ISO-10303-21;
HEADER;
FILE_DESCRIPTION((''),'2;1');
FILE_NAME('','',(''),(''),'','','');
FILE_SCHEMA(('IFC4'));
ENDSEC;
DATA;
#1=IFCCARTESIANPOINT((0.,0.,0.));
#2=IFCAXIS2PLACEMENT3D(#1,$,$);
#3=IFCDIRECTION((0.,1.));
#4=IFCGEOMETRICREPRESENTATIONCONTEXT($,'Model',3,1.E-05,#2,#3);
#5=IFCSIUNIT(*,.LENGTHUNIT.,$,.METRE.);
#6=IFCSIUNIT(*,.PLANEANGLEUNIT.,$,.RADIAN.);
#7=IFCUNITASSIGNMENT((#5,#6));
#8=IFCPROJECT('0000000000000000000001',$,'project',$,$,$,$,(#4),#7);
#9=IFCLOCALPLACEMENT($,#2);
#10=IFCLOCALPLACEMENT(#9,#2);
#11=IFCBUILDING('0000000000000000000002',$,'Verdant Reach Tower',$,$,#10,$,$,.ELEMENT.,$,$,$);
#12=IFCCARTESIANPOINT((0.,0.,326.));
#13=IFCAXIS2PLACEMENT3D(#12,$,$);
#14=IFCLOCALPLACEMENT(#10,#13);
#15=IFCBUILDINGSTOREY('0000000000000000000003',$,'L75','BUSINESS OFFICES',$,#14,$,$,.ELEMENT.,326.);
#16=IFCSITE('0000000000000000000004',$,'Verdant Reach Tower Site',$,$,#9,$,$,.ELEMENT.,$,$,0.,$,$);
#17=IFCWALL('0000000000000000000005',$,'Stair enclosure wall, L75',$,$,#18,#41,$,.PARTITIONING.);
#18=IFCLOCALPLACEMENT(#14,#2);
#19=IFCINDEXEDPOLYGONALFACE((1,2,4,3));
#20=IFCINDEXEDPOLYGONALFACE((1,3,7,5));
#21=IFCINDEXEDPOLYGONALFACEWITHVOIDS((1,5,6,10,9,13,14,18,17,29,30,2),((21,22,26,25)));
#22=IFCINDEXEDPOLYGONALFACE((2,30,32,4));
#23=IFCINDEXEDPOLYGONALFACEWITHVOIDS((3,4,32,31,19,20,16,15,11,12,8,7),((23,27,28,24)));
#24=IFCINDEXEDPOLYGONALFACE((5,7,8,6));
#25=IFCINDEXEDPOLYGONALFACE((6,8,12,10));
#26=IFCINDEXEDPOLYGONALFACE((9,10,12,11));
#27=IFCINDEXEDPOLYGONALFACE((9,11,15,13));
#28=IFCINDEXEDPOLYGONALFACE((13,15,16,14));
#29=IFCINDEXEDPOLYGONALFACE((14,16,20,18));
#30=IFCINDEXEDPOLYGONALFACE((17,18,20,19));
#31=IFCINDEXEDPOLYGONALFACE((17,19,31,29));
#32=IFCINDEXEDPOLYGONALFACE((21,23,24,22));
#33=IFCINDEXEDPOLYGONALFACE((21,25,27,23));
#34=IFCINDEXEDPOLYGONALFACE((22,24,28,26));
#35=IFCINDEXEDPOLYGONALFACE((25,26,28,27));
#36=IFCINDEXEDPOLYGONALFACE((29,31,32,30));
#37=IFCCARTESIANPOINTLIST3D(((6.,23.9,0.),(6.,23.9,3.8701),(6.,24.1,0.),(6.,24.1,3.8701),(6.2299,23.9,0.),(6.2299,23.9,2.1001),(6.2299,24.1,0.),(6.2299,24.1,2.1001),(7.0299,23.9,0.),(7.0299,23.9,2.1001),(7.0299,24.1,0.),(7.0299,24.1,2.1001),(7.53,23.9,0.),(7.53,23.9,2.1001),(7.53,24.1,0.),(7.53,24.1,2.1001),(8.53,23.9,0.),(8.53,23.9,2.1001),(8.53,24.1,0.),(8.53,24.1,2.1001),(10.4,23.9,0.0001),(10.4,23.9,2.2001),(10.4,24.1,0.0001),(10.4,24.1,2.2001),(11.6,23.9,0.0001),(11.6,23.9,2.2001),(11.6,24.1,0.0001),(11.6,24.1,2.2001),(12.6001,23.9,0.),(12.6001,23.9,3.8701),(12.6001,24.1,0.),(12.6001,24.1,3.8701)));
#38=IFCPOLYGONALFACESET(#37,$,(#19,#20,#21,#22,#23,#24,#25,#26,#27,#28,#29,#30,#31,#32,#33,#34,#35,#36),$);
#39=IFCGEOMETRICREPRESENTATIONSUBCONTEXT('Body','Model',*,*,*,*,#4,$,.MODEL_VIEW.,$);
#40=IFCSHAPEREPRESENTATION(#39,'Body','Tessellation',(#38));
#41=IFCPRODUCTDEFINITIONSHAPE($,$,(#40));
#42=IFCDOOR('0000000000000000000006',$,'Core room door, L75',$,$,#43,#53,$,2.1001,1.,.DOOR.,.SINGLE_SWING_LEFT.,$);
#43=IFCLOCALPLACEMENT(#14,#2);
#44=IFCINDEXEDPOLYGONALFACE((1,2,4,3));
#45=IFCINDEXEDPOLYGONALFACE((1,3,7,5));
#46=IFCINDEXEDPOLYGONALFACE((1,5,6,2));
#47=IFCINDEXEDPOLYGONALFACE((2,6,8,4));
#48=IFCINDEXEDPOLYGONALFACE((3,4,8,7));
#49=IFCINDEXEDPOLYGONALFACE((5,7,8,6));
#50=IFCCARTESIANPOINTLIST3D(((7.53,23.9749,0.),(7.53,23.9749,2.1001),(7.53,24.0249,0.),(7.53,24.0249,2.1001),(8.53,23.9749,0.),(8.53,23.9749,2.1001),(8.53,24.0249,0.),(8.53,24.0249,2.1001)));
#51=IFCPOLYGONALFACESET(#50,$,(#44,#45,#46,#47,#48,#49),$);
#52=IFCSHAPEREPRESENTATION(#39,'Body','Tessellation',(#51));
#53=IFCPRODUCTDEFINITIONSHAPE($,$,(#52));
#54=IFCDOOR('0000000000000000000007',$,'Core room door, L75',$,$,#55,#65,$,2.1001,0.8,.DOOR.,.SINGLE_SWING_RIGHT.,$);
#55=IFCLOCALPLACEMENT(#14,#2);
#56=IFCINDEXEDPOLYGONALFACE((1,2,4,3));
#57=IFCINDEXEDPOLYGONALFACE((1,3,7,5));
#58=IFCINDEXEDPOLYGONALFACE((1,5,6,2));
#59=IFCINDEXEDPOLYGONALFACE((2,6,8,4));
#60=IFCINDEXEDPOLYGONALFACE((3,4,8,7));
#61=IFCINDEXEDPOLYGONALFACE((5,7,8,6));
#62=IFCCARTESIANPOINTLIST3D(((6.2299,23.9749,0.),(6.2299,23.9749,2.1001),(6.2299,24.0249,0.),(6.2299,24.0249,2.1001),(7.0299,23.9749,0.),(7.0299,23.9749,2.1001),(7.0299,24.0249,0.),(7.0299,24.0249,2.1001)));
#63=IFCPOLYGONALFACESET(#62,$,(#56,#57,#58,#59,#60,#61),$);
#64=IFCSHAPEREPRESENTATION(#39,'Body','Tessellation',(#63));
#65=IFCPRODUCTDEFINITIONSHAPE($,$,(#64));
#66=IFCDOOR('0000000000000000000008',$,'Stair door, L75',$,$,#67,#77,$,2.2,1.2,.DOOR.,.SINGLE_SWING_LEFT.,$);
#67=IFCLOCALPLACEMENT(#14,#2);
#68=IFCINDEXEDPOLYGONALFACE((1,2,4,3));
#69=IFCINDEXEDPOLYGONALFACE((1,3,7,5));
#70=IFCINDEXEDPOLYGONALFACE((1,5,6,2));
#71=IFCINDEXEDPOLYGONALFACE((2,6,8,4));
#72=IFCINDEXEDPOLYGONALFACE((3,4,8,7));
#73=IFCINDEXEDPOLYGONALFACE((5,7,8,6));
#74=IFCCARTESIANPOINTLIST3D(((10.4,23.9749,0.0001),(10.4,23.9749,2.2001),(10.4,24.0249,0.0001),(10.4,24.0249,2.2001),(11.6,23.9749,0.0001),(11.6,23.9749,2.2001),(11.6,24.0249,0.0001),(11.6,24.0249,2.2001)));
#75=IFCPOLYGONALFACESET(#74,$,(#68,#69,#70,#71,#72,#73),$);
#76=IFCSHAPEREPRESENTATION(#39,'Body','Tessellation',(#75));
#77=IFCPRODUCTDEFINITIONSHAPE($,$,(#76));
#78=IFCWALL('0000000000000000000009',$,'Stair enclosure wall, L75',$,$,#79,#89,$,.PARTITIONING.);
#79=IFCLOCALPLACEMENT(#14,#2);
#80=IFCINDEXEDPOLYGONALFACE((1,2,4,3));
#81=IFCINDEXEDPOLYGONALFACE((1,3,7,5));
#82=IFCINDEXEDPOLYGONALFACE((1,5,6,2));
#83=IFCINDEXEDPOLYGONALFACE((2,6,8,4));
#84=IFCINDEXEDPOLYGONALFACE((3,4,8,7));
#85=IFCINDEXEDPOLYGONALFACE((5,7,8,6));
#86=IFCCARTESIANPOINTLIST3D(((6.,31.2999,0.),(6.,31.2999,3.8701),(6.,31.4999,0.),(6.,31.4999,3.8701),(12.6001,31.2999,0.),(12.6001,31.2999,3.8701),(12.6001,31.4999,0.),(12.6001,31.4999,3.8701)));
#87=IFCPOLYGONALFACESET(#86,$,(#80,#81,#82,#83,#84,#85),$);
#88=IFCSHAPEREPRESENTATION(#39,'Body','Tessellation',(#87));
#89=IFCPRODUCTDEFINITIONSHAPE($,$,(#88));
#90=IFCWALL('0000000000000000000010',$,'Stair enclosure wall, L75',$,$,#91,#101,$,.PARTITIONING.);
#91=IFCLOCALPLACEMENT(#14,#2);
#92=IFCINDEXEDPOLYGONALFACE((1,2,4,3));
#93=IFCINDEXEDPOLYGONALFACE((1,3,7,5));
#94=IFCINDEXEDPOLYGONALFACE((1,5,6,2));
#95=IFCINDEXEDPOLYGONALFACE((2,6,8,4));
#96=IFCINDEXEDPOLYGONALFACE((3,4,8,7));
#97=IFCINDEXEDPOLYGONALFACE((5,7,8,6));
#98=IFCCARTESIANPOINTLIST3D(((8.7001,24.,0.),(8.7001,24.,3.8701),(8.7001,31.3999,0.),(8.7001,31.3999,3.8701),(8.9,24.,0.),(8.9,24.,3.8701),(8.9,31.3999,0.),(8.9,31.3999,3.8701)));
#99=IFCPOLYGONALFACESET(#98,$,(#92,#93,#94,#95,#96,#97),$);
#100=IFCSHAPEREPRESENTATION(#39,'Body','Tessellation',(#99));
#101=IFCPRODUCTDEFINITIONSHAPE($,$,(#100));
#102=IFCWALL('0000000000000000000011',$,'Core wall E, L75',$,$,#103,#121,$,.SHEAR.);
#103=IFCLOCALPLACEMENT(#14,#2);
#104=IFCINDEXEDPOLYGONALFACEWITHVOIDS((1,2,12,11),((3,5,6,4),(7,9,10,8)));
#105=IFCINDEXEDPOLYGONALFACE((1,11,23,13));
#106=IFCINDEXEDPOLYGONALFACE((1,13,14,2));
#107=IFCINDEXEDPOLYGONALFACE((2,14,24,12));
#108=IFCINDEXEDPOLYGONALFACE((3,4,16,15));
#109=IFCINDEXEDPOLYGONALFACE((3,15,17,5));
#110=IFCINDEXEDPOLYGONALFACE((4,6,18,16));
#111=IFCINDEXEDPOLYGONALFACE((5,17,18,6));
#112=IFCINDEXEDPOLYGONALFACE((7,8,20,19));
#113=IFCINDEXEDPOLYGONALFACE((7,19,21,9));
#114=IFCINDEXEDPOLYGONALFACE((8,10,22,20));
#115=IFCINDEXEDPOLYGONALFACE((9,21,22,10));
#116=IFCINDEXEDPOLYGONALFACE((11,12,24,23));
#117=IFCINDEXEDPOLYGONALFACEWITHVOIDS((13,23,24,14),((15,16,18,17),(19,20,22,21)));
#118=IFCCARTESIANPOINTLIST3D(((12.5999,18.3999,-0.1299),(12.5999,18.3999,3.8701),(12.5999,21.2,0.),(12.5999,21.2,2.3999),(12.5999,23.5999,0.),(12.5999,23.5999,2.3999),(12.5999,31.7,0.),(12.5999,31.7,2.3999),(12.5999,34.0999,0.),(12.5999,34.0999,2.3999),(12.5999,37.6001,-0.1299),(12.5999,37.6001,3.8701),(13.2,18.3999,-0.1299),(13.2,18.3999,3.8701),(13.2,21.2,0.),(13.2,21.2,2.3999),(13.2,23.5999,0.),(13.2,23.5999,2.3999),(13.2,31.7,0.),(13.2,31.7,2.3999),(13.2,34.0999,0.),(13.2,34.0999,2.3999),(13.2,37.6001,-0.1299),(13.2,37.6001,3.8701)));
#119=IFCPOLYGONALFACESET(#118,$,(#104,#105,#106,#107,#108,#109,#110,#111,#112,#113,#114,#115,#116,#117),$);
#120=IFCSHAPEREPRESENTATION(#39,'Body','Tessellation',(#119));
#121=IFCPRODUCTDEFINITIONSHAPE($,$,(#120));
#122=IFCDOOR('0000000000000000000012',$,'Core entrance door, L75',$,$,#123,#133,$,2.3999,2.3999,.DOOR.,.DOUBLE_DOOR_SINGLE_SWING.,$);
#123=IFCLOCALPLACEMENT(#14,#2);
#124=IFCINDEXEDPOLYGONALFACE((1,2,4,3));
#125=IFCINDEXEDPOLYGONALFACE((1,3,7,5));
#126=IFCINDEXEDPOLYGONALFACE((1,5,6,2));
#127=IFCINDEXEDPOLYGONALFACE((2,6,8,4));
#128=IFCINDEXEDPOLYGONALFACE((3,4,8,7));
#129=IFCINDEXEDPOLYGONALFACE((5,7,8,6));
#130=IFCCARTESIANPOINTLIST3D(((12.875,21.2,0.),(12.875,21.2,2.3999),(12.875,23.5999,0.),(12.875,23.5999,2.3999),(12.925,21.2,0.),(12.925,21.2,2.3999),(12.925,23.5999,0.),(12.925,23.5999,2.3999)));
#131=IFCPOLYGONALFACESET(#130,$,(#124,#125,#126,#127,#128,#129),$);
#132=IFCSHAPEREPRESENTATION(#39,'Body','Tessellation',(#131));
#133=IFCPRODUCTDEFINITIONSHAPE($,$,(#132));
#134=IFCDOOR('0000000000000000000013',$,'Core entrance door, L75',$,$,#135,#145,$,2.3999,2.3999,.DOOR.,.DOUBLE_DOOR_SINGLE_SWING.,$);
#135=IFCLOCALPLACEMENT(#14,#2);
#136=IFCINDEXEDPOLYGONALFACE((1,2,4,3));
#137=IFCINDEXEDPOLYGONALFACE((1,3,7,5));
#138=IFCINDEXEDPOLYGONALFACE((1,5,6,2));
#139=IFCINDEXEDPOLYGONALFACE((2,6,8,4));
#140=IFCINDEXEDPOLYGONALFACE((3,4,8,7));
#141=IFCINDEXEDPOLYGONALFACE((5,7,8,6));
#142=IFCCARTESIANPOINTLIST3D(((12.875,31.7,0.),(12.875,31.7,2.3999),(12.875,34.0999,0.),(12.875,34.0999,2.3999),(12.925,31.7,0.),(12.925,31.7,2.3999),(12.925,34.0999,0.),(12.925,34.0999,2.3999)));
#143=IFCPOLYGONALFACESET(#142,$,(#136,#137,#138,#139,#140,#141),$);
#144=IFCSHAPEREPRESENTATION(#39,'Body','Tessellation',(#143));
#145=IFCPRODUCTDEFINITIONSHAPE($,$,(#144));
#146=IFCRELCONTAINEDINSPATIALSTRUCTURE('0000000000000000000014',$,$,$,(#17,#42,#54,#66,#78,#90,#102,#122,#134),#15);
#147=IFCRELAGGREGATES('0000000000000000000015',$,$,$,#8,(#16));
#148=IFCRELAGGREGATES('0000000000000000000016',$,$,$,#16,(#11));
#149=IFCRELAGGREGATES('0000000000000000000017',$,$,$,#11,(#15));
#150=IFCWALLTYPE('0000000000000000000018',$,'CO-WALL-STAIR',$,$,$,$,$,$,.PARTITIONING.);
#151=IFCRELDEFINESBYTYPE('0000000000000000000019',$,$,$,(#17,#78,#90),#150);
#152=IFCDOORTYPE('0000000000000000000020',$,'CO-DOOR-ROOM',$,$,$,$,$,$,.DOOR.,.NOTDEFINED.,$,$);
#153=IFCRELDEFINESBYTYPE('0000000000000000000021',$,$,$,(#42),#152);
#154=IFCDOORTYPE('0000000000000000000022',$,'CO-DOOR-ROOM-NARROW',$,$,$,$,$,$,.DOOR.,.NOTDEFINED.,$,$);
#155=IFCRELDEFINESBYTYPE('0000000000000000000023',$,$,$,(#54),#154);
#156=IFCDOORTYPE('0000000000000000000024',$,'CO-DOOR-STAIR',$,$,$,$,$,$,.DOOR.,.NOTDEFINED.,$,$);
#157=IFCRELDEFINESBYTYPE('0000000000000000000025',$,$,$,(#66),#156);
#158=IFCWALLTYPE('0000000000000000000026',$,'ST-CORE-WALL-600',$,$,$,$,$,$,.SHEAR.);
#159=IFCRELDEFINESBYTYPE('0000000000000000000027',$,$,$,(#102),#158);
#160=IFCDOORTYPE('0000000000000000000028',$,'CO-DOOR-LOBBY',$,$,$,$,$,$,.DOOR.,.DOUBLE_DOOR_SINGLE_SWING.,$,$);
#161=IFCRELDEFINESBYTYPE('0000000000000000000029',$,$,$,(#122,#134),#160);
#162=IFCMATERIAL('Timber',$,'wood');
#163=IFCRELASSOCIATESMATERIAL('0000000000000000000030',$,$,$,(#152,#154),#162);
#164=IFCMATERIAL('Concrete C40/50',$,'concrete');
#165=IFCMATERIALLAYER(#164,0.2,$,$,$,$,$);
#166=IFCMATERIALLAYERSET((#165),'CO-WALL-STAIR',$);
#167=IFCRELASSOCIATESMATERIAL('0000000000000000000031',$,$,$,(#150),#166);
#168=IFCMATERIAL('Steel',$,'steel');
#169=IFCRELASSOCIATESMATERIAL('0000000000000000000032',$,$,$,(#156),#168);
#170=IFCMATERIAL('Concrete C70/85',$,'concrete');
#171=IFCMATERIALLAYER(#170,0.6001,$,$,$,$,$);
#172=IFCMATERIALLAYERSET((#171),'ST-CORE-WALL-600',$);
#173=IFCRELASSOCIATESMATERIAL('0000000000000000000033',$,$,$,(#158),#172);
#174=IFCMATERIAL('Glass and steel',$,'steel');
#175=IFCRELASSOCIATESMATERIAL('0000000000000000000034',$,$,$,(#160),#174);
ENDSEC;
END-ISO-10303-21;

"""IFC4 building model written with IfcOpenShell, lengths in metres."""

from ifc_helpers import new_model, si_unit, direction, frame, frame_2d, origin, place, context, subcontext, project, spatial, rectangle, extrude, material, layer, layer_set, type_object, element, fill, save


model = new_model("IFC4")

# Units and contexts
model_context = context("Model", 3, precision=1e-05, world=origin(), true_north=direction((0.0, 1.0)))
body_context = subcontext(model_context, "Body", "Model", "MODEL_VIEW")
ifc_project = project(units=[si_unit("LENGTHUNIT", "METRE"), si_unit("PLANEANGLEUNIT", "RADIAN")], contexts=[model_context])

# Site, building, storey
site_placement = place(None, origin())
site = spatial("IfcSite", under=ifc_project, at=site_placement, Name="Verdant Reach Tower Site", CompositionType="ELEMENT", RefElevation=0.0)
building_placement = place(site_placement, origin())
building = spatial("IfcBuilding", under=site, at=building_placement, Name="Verdant Reach Tower", CompositionType="ELEMENT")
storey_placement = place(building_placement, frame((0.0, 0.0, 326.0)))
storey = spatial("IfcBuildingStorey", under=building, at=storey_placement, Name="L75", Description="BUSINESS OFFICES", CompositionType="ELEMENT", Elevation=326.0)

# Shared definitions
ifc_material_1 = material(Name="Timber", Category="wood")
door_type_1 = type_object("IfcDoorType", Name="CO-DOOR-ROOM", OperationType="NOTDEFINED", PredefinedType="DOOR", material=ifc_material_1)

# Wall, openings, doors
ifc_material_2 = material(Name="Concrete C40/50", Category="concrete")
ifc_layer_1 = layer(ifc_material_2, 0.2)
ifc_layer_set_1 = layer_set([ifc_layer_1], Name="CO-WALL-STAIR")
wall_type_1 = type_object("IfcWallType", Name="CO-WALL-STAIR", PredefinedType="PARTITIONING", material=ifc_layer_set_1)
wall_1_placement = place(storey_placement, frame((6.0, 24.0, 0.0), z_axis=(0.0, 0.0, 1.0), x_axis=(1.0, 0.0, 0.0)))
wall_1 = element("IfcWall", 1, at=wall_1_placement, inside=storey, type_object=wall_type_1, Name="Stair enclosure wall, L75", PredefinedType="PARTITIONING", context=body_context, shape_type="SweptSolid", body=[
    extrude(rectangle(XDim=6.6001, YDim=0.2, at=frame_2d((3.3, 0.0))), origin(), (0.0, 0.0, 1.0), 3.8701),
])
opening_1_placement = place(wall_1_placement, frame((0.23, 0.0, 0.0)))
opening_1 = element("IfcOpeningElement", 2, at=opening_1_placement, cuts=wall_1, PredefinedType="OPENING", context=body_context, shape_type="SweptSolid", body=[
    extrude(rectangle(XDim=0.8, YDim=2.1001, at=frame_2d((0.3999, 1.05))), frame((0.0, 0.1099, 0.0), z_axis=(0.0, -1.0, 0.0), x_axis=(1.0, 0.0, 0.0)), (0.0, 0.0, 1.0), 0.22),
])
opening_2_placement = place(wall_1_placement, frame((1.53, 0.0, 0.0)))
opening_2 = element("IfcOpeningElement", 3, at=opening_2_placement, cuts=wall_1, PredefinedType="OPENING", context=body_context, shape_type="SweptSolid", body=[
    extrude(rectangle(XDim=1.0, YDim=2.1001, at=frame_2d((0.5, 1.05))), frame((0.0, 0.1099, 0.0), z_axis=(0.0, -1.0, 0.0), x_axis=(1.0, 0.0, 0.0)), (0.0, 0.0, 1.0), 0.22),
])
opening_3_placement = place(wall_1_placement, frame((4.3999, 0.0, 0.0)))
opening_3 = element("IfcOpeningElement", 4, at=opening_3_placement, cuts=wall_1, PredefinedType="OPENING", context=body_context, shape_type="SweptSolid", body=[
    extrude(rectangle(XDim=1.2, YDim=2.2, at=frame_2d((0.6001, 1.1001))), frame((0.0, 0.1099, 0.0), z_axis=(0.0, -1.0, 0.0), x_axis=(1.0, 0.0, 0.0)), (0.0, 0.0, 1.0), 0.22),
])
door_1_placement = place(opening_2_placement, origin())
door_1 = element("IfcDoor", 5, at=door_1_placement, inside=storey, type_object=door_type_1, Name="Core room door, L75", OperationType="SINGLE_SWING_LEFT", OverallHeight=2.1001, OverallWidth=1.0, PredefinedType="DOOR", context=body_context, shape_type="SweptSolid", body=[
    extrude(rectangle(XDim=1.0, YDim=2.1001, at=frame_2d((0.5, 1.05))), frame((0.0, 0.0249, 0.0), z_axis=(0.0, -1.0, 0.0), x_axis=(1.0, 0.0, 0.0)), (0.0, 0.0, 1.0), 0.05),
])
fill(opening_2, door_1)
door_type_2 = type_object("IfcDoorType", Name="CO-DOOR-ROOM-NARROW", OperationType="NOTDEFINED", PredefinedType="DOOR", material=ifc_material_1)
door_2_placement = place(opening_1_placement, origin())
door_2 = element("IfcDoor", 6, at=door_2_placement, inside=storey, type_object=door_type_2, Name="Core room door, L75", OperationType="SINGLE_SWING_RIGHT", OverallHeight=2.1001, OverallWidth=0.8, PredefinedType="DOOR", context=body_context, shape_type="SweptSolid", body=[
    extrude(rectangle(XDim=0.8, YDim=2.1001, at=frame_2d((0.3999, 1.05))), frame((0.0, 0.0249, 0.0), z_axis=(0.0, -1.0, 0.0), x_axis=(1.0, 0.0, 0.0)), (0.0, 0.0, 1.0), 0.05),
])
fill(opening_1, door_2)
ifc_material_3 = material(Name="Steel", Category="steel")
door_type_3 = type_object("IfcDoorType", Name="CO-DOOR-STAIR", OperationType="NOTDEFINED", PredefinedType="DOOR", material=ifc_material_3)
door_3_placement = place(opening_3_placement, origin())
door_3 = element("IfcDoor", 7, at=door_3_placement, inside=storey, type_object=door_type_3, Name="Stair door, L75", OperationType="SINGLE_SWING_LEFT", OverallHeight=2.2, OverallWidth=1.2, PredefinedType="DOOR", context=body_context, shape_type="SweptSolid", body=[
    extrude(rectangle(XDim=1.2, YDim=2.2, at=frame_2d((0.6001, 1.1001))), frame((0.0, 0.0249, 0.0), z_axis=(0.0, -1.0, 0.0), x_axis=(1.0, 0.0, 0.0)), (0.0, 0.0, 1.0), 0.05),
])
fill(opening_3, door_3)

# Walls
wall_2_placement = place(storey_placement, frame((6.0, 31.3999, 0.0), z_axis=(0.0, 0.0, 1.0), x_axis=(1.0, 0.0, 0.0)))
element("IfcWall", 8, at=wall_2_placement, inside=storey, type_object=wall_type_1, Name="Stair enclosure wall, L75", PredefinedType="PARTITIONING", context=body_context, shape_type="SweptSolid", body=[
    extrude(rectangle(XDim=6.6001, YDim=0.2, at=frame_2d((3.3, 0.0))), origin(), (0.0, 0.0, 1.0), 3.8701),
])
wall_3_placement = place(storey_placement, frame((8.8, 24.0, 0.0), z_axis=(0.0, 0.0, 1.0), x_axis=(0.0, 1.0, 0.0)))
element("IfcWall", 9, at=wall_3_placement, inside=storey, type_object=wall_type_1, Name="Stair enclosure wall, L75", PredefinedType="PARTITIONING", context=body_context, shape_type="SweptSolid", body=[
    extrude(rectangle(XDim=7.3999, YDim=0.2, at=frame_2d((3.7, 0.0))), origin(), (0.0, 0.0, 1.0), 3.8701),
])

# Wall, openings, doors
ifc_material_4 = material(Name="Concrete C70/85", Category="concrete")
ifc_layer_2 = layer(ifc_material_4, 0.6001)
ifc_layer_set_2 = layer_set([ifc_layer_2], Name="ST-CORE-WALL-600")
wall_type_2 = type_object("IfcWallType", Name="ST-CORE-WALL-600", PredefinedType="SHEAR", material=ifc_layer_set_2)
wall_4_placement = place(storey_placement, frame((12.8999, 18.3999, -0.1299), z_axis=(0.0, 0.0, 1.0), x_axis=(0.0, 1.0, 0.0)))
wall_4 = element("IfcWall", 10, at=wall_4_placement, inside=storey, type_object=wall_type_2, Name="Core wall E, L75", PredefinedType="SHEAR", context=body_context, shape_type="SweptSolid", body=[
    extrude(rectangle(XDim=19.2002, YDim=0.6001, at=frame_2d((9.6001, 0.0))), origin(), (0.0, 0.0, 1.0), 4.0),
])
opening_4_placement = place(wall_4_placement, frame((2.8, 0.0, 0.1299)))
opening_4 = element("IfcOpeningElement", 11, at=opening_4_placement, cuts=wall_4, PredefinedType="OPENING", context=body_context, shape_type="SweptSolid", body=[
    extrude(rectangle(XDim=2.3999, YDim=2.3999, at=frame_2d((1.2, 1.2))), frame((0.0, 0.3101, 0.0), z_axis=(0.0, -1.0, 0.0), x_axis=(1.0, 0.0, 0.0)), (0.0, 0.0, 1.0), 0.6201),
])
opening_5_placement = place(wall_4_placement, frame((13.3, 0.0, 0.1299)))
opening_5 = element("IfcOpeningElement", 12, at=opening_5_placement, cuts=wall_4, PredefinedType="OPENING", context=body_context, shape_type="SweptSolid", body=[
    extrude(rectangle(XDim=2.3999, YDim=2.3999, at=frame_2d((1.2, 1.2))), frame((0.0, 0.3101, 0.0), z_axis=(0.0, -1.0, 0.0), x_axis=(1.0, 0.0, 0.0)), (0.0, 0.0, 1.0), 0.6201),
])
ifc_material_5 = material(Name="Glass and steel", Category="steel")
door_type_4 = type_object("IfcDoorType", Name="CO-DOOR-LOBBY", OperationType="DOUBLE_DOOR_SINGLE_SWING", PredefinedType="DOOR", material=ifc_material_5)
door_4_placement = place(opening_4_placement, origin())
door_4 = element("IfcDoor", 13, at=door_4_placement, inside=storey, type_object=door_type_4, Name="Core entrance door, L75", OperationType="DOUBLE_DOOR_SINGLE_SWING", OverallHeight=2.3999, OverallWidth=2.3999, PredefinedType="DOOR", context=body_context, shape_type="SweptSolid", body=[
    extrude(rectangle(XDim=2.3999, YDim=2.3999, at=frame_2d((1.2, 1.2))), frame((0.0, 0.0249, 0.0), z_axis=(0.0, -1.0, 0.0), x_axis=(1.0, 0.0, 0.0)), (0.0, 0.0, 1.0), 0.05),
])
fill(opening_4, door_4)
door_5_placement = place(opening_5_placement, origin())
door_5 = element("IfcDoor", 14, at=door_5_placement, inside=storey, type_object=door_type_4, Name="Core entrance door, L75", OperationType="DOUBLE_DOOR_SINGLE_SWING", OverallHeight=2.3999, OverallWidth=2.3999, PredefinedType="DOOR", context=body_context, shape_type="SweptSolid", body=[
    extrude(rectangle(XDim=2.3999, YDim=2.3999, at=frame_2d((1.2, 1.2))), frame((0.0, 0.0249, 0.0), z_axis=(0.0, -1.0, 0.0), x_axis=(1.0, 0.0, 0.0)), (0.0, 0.0, 1.0), 0.05),
])
fill(opening_5, door_5)

save(model, "model.ifc")
